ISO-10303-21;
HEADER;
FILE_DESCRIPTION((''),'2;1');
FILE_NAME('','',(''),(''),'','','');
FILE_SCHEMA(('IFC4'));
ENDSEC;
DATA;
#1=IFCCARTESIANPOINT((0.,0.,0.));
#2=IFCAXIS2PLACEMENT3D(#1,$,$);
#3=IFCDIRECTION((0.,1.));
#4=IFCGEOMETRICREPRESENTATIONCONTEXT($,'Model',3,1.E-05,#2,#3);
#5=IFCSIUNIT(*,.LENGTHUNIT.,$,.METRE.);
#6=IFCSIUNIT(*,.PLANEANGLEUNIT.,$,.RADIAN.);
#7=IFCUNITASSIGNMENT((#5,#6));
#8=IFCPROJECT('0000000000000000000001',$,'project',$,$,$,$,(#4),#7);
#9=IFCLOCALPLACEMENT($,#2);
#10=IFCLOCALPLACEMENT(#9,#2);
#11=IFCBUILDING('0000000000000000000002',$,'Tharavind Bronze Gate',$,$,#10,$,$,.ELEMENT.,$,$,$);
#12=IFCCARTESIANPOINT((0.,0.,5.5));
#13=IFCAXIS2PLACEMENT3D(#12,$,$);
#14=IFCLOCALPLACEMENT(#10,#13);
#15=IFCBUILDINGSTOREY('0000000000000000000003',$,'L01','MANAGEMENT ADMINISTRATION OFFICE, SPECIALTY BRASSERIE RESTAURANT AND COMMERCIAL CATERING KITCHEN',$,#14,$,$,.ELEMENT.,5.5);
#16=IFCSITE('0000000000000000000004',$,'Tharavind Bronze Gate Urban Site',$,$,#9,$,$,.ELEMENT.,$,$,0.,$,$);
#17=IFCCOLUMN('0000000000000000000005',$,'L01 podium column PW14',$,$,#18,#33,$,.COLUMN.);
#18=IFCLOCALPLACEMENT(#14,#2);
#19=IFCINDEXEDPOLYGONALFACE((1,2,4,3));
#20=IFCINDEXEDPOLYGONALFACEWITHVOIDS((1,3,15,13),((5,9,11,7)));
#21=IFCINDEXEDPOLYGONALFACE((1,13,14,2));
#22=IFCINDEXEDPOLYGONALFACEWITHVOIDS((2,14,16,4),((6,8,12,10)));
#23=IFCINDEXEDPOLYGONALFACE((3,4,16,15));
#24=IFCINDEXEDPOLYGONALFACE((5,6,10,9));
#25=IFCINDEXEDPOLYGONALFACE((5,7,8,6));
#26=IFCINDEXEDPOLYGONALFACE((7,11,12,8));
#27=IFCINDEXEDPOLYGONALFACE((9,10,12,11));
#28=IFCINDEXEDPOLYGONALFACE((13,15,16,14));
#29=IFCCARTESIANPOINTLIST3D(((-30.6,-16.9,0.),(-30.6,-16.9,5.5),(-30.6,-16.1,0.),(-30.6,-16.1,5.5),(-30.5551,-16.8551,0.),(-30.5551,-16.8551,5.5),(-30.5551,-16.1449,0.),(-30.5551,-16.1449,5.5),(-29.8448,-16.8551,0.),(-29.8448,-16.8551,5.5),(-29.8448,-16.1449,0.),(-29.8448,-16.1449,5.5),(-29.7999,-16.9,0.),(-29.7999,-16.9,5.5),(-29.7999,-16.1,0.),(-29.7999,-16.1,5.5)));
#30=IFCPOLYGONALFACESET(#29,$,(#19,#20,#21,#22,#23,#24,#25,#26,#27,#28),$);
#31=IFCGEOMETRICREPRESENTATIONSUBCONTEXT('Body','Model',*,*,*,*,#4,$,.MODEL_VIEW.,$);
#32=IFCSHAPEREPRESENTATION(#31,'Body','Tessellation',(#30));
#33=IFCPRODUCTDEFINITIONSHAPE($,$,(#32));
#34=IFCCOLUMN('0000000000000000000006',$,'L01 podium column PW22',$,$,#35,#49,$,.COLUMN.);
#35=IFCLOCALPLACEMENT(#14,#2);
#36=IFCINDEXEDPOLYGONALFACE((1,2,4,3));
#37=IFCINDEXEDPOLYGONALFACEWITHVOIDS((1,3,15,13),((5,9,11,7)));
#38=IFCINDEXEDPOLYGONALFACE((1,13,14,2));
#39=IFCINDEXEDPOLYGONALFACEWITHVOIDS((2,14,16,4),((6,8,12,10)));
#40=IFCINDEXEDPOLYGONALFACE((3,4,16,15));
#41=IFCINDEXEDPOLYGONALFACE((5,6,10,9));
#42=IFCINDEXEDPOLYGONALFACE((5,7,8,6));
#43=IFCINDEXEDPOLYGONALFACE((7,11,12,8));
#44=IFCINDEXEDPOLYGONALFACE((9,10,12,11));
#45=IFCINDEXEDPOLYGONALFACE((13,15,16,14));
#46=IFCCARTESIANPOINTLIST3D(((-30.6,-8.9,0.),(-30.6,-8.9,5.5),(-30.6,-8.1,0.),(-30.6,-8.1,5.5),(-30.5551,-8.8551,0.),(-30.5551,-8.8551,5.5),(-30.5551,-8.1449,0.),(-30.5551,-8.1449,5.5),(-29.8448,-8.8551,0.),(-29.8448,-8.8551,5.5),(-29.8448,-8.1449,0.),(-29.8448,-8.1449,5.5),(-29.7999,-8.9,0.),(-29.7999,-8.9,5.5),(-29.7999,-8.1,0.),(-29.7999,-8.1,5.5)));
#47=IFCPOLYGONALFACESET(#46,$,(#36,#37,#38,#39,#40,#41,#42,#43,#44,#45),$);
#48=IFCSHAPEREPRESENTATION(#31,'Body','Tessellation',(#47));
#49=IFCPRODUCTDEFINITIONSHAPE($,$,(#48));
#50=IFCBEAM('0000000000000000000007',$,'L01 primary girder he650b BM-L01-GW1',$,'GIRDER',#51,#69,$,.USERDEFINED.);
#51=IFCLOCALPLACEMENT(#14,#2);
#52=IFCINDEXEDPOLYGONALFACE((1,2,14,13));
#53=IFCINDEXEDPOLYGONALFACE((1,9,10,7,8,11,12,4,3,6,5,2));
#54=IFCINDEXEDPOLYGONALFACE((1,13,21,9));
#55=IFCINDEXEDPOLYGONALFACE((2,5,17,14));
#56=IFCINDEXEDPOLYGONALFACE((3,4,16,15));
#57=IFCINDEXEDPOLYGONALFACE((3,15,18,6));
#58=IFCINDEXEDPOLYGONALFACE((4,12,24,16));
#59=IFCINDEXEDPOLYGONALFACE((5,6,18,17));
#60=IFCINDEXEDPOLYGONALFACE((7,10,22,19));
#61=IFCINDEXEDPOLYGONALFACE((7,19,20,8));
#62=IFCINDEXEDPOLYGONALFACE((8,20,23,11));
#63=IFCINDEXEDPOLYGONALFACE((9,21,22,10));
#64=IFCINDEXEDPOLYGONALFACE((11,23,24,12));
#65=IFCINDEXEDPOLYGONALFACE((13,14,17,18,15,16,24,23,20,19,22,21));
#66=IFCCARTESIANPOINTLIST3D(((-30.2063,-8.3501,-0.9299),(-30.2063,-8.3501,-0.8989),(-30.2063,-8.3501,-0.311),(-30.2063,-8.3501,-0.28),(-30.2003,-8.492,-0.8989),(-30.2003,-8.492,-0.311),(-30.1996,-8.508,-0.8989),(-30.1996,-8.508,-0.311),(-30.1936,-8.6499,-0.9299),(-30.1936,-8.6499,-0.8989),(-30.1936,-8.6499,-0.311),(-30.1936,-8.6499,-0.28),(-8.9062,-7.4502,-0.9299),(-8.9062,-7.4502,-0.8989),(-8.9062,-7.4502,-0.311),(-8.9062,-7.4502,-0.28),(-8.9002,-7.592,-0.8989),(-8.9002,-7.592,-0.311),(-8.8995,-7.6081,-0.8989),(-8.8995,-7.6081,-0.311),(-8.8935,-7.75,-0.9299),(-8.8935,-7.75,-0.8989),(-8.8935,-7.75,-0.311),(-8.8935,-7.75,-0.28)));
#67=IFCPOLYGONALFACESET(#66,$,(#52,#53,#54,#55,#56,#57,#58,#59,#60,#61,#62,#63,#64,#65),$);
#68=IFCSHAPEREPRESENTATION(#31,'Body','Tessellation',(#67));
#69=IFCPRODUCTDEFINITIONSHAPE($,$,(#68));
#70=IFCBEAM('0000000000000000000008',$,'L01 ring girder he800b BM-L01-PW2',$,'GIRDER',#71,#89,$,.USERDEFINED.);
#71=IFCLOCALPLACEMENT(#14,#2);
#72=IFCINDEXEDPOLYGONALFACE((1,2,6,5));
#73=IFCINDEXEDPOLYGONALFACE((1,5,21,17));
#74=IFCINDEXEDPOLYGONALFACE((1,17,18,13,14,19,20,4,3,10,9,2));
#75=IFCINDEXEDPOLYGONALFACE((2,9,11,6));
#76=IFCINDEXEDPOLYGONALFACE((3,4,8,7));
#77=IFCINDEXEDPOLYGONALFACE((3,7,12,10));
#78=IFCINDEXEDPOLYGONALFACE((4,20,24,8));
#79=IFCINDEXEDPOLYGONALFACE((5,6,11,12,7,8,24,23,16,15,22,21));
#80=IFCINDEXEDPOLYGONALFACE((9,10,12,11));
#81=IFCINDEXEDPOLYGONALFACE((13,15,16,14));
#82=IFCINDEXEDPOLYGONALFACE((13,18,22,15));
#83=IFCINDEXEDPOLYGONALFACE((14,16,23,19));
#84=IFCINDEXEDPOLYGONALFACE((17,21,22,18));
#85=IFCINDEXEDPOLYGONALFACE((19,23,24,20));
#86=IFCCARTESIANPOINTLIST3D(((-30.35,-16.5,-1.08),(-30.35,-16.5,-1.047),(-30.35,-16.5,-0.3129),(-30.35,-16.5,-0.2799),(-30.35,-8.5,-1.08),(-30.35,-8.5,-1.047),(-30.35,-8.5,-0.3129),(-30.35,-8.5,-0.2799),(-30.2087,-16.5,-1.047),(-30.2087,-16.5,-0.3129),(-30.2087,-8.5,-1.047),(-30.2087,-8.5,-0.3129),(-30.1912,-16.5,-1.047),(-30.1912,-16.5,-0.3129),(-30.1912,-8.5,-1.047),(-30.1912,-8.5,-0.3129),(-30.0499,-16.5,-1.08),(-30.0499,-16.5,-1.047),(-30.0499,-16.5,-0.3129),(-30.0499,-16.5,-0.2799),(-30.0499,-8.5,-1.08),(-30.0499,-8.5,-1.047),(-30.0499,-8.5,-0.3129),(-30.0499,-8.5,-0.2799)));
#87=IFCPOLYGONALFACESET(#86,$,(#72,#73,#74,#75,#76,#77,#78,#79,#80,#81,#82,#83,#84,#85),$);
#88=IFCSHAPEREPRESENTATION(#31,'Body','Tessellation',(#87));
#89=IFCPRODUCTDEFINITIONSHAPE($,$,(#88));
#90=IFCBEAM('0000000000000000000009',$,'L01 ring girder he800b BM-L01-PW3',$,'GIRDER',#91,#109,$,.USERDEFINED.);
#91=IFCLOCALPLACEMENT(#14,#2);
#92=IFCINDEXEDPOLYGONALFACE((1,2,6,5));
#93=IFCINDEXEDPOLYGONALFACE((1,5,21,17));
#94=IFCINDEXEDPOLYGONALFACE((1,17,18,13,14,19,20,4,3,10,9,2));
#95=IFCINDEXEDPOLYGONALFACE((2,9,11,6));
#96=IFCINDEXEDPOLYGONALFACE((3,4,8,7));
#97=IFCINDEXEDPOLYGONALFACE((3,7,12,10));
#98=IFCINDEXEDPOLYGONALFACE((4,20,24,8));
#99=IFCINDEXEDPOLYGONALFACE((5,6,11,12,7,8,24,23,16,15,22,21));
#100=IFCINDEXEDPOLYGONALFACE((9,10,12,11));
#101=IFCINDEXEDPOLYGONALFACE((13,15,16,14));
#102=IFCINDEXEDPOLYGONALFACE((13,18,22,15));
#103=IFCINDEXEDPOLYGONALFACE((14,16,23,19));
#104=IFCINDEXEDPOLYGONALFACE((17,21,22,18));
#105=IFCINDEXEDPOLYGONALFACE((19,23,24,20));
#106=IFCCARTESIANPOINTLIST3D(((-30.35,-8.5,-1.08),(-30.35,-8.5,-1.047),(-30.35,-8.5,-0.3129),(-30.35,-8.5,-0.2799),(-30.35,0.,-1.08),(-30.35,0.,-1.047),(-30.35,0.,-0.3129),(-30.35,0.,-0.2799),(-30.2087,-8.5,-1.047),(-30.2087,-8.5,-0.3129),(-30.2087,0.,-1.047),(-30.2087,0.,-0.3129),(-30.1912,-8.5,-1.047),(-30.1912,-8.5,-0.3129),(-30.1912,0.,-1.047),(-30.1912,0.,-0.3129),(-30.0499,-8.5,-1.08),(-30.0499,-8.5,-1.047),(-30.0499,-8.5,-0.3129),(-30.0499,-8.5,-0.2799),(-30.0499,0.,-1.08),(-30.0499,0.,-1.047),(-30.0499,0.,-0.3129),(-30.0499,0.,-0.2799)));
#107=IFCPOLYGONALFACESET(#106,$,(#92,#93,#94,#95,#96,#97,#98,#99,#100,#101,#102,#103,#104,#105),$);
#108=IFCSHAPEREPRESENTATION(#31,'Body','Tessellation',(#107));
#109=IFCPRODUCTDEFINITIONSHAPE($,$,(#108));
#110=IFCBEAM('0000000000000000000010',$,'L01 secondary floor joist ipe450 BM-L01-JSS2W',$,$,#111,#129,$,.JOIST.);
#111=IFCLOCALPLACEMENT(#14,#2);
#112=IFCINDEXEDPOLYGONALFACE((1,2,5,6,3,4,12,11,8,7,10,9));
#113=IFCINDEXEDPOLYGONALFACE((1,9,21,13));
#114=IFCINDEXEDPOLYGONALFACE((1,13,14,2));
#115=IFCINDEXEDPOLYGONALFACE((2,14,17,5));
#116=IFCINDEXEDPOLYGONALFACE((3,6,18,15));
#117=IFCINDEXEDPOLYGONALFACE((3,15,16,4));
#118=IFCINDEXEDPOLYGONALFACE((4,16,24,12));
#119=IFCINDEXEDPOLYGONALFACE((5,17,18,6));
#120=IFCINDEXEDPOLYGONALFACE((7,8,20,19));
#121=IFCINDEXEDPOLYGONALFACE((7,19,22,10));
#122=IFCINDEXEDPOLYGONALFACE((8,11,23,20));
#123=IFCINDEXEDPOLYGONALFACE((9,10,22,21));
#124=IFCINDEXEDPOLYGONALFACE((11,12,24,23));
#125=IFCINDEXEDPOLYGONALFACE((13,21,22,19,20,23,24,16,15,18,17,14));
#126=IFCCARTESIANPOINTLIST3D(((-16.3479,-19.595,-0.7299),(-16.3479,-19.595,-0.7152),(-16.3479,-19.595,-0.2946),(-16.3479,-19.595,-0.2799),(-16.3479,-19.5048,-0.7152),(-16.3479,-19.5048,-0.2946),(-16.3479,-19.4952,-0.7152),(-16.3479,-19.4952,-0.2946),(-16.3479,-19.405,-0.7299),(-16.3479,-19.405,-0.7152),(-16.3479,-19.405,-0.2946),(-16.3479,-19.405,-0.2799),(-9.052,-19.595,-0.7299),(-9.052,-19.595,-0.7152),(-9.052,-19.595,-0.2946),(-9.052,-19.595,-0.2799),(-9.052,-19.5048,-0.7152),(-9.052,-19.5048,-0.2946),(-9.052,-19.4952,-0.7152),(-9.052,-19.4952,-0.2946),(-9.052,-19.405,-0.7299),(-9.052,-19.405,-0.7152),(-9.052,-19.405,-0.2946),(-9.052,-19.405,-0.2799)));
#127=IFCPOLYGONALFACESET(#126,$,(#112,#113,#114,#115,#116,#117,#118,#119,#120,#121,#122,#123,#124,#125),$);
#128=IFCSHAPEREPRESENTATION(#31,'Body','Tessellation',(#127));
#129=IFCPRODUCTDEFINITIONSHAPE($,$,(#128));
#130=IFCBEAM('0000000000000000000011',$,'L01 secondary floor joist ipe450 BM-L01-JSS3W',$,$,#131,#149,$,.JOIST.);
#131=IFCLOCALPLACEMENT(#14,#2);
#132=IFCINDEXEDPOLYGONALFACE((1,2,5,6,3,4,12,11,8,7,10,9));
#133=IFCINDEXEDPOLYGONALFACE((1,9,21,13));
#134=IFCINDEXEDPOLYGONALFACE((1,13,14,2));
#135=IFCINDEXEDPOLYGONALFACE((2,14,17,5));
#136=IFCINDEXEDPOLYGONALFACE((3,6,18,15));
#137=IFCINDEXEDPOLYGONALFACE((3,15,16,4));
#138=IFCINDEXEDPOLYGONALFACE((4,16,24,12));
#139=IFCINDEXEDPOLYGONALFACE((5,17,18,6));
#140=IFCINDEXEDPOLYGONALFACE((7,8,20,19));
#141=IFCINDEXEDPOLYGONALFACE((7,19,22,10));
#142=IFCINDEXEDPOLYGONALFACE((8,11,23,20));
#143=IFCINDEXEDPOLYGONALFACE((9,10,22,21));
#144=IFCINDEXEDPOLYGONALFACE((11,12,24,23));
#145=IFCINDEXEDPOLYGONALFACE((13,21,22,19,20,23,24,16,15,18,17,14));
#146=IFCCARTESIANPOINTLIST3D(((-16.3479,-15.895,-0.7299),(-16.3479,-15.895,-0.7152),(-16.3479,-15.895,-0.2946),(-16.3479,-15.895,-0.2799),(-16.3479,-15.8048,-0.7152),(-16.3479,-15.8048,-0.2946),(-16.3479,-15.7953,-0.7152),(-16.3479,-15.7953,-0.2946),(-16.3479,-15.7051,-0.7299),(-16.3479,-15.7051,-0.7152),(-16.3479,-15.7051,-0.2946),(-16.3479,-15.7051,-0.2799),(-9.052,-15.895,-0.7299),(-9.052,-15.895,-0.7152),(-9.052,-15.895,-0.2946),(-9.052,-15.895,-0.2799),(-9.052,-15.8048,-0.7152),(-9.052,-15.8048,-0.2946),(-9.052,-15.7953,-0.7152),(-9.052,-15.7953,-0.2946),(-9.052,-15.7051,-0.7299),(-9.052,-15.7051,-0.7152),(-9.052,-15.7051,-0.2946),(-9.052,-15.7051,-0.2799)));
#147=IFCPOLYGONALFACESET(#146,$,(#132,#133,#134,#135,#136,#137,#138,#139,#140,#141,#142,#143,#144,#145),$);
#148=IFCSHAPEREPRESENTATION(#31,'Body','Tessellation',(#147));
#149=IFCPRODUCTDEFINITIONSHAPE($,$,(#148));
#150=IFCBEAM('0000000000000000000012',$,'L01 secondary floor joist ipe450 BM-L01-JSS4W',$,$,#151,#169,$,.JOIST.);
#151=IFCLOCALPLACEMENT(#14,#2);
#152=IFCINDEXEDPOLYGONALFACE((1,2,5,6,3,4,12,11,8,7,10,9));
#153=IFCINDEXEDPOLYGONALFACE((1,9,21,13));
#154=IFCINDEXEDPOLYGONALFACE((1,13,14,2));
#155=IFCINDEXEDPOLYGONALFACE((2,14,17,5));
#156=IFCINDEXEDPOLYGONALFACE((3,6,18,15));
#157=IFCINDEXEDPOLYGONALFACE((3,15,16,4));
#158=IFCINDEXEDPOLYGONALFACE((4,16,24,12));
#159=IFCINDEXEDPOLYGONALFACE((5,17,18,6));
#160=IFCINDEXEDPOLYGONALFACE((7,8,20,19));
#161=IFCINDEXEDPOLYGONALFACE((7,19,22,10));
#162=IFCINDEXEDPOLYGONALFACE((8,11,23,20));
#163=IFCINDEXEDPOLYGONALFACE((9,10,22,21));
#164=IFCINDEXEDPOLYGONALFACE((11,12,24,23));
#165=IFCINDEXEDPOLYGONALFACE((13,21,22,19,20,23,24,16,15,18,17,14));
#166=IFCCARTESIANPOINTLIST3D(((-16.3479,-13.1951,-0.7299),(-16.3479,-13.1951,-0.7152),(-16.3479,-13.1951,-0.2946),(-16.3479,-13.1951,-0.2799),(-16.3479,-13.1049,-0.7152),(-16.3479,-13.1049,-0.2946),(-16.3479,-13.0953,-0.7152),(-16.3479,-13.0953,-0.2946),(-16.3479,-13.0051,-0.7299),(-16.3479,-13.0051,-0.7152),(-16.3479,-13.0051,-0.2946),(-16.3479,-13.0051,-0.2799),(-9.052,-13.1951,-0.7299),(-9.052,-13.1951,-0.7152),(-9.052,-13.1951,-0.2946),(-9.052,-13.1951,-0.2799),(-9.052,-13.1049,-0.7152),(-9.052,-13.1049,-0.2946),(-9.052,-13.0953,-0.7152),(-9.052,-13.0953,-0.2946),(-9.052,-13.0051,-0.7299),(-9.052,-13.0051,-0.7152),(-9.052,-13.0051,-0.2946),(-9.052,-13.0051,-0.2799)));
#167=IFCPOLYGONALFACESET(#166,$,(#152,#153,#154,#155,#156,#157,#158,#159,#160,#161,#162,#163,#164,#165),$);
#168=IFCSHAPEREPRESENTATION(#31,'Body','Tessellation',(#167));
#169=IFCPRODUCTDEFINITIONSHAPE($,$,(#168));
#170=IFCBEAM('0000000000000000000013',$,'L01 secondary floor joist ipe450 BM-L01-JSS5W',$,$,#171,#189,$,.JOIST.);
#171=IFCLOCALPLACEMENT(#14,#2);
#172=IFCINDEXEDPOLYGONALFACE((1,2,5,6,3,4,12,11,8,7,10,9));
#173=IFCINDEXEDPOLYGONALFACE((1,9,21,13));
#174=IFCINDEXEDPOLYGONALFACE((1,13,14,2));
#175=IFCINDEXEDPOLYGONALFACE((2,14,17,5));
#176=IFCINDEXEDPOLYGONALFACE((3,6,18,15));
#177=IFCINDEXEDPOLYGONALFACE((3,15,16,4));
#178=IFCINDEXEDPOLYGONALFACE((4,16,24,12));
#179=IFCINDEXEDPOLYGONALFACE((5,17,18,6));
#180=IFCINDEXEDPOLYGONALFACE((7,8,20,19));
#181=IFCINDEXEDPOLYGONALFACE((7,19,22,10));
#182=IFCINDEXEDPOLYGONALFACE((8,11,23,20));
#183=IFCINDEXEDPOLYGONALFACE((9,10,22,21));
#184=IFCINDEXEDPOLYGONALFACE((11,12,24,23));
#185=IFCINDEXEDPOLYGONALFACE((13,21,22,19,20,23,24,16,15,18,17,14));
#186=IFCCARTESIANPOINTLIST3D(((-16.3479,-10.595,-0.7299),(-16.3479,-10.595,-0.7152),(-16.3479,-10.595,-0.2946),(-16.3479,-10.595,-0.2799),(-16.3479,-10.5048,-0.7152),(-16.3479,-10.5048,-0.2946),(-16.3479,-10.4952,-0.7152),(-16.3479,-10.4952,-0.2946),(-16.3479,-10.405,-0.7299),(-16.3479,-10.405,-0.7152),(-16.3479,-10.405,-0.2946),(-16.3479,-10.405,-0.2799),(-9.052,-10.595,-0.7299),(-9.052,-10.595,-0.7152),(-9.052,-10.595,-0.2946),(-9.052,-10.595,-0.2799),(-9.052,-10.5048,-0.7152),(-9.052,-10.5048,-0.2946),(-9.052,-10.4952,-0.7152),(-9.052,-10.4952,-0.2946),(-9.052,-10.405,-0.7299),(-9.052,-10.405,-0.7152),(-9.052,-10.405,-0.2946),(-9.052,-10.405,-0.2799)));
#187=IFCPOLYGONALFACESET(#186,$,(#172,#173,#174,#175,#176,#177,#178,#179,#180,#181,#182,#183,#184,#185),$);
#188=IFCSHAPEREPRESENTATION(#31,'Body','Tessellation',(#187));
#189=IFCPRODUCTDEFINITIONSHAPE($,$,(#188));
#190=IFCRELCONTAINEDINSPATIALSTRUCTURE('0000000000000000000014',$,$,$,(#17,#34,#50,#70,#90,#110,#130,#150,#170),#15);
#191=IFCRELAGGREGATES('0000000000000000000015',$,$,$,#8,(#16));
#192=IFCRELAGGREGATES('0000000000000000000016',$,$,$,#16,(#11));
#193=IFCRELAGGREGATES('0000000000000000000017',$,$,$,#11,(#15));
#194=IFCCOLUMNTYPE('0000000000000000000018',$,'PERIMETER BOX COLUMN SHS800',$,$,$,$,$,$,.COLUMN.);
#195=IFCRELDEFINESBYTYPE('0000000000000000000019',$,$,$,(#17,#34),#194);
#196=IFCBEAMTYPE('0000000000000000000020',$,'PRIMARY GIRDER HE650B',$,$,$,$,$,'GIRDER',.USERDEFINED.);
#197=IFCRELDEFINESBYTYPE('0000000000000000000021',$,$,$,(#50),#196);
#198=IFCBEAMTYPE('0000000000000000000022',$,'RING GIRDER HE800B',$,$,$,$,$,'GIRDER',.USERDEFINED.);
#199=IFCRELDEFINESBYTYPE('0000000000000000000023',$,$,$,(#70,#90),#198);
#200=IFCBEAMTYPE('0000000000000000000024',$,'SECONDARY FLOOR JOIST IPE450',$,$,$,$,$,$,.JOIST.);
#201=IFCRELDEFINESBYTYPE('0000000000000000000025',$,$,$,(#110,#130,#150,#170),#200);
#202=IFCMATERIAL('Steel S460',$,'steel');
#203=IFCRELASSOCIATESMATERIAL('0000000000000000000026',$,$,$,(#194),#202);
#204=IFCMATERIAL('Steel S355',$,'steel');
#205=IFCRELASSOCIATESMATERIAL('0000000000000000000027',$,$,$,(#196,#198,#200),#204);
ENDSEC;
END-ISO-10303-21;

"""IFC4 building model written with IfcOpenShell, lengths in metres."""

from ifc_helpers import new_model, si_unit, direction, frame, origin, origin_2d, place, context, subcontext, project, spatial, hollow_rectangle, i_section, extrude, material, material_profile, profile_set, type_object, element, save


model = new_model("IFC4")

# Units and contexts
model_context = context("Model", 3, precision=1e-05, world=origin(), true_north=direction((0.0, 1.0)))
body_context = subcontext(model_context, "Body", "Model", "MODEL_VIEW")
ifc_project = project(units=[si_unit("LENGTHUNIT", "METRE"), si_unit("PLANEANGLEUNIT", "RADIAN")], contexts=[model_context])

# Site, building, storey
site_placement = place(None, origin())
site = spatial("IfcSite", under=ifc_project, at=site_placement, Name="Tharavind Bronze Gate Urban Site", CompositionType="ELEMENT", RefElevation=0.0)
building_placement = place(site_placement, origin())
building = spatial("IfcBuilding", under=site, at=building_placement, Name="Tharavind Bronze Gate", CompositionType="ELEMENT")
storey_placement = place(building_placement, frame((0.0, 0.0, 5.5)))
storey = spatial("IfcBuildingStorey", under=building, at=storey_placement, Name="L01", Description="MANAGEMENT ADMINISTRATION OFFICE, SPECIALTY BRASSERIE RESTAURANT AND COMMERCIAL CATERING KITCHEN", CompositionType="ELEMENT", Elevation=5.5)

# Columns
ifc_material_1 = material(Name="Steel S460", Category="steel")
ifc_material_profile_1 = material_profile(ifc_material_1, hollow_rectangle(XDim=0.8, YDim=0.8, WallThickness=0.0449, at=origin_2d()), Name="SHS800X45")
ifc_profile_set_1 = profile_set([ifc_material_profile_1], Name="Steel S460")
column_type = type_object("IfcColumnType", Name="PERIMETER BOX COLUMN SHS800", PredefinedType="COLUMN", material=ifc_profile_set_1)
for number, where, z_axis, x_axis, name in (
    (1, (-30.2, -16.5, 0.0), (0.0, 0.0, 1.0), (1.0, 0.0, 0.0), "L01 podium column PW14"),
    (2, (-30.2, -8.5, 0.0), (0.0, 0.0, 1.0), (1.0, 0.0, 0.0), "L01 podium column PW22"),
):
    element("IfcColumn", number, at=place(storey_placement, frame(where, z_axis=z_axis, x_axis=x_axis)), inside=storey, type_object=column_type, Name=name, PredefinedType="COLUMN", context=body_context, shape_type="SweptSolid", body=[
        extrude(hollow_rectangle(XDim=0.8, YDim=0.8, WallThickness=0.0449, at=origin_2d()), origin(), (0.0, 0.0, 1.0), 5.5),
    ])

# Beams
ifc_material_2 = material(Name="Steel S355", Category="steel")
ifc_material_profile_2 = material_profile(ifc_material_2, i_section(OverallWidth=0.3, OverallDepth=0.6499, WebThickness=0.0161, FlangeThickness=0.031, at=origin_2d()), Name="HE650B")
ifc_profile_set_2 = profile_set([ifc_material_profile_2], Name="Steel S355")
beam_type_1 = type_object("IfcBeamType", Name="PRIMARY GIRDER HE650B", ElementType="GIRDER", PredefinedType="USERDEFINED", material=ifc_profile_set_2)
beam_1_placement = place(storey_placement, frame((-30.2, -8.5, -0.605), z_axis=(0.999109, 0.042211, 0.0), x_axis=(-0.042211, 0.999109, 0.0)))
element("IfcBeam", 3, at=beam_1_placement, inside=storey, type_object=beam_type_1, Name="L01 primary girder he650b BM-L01-GW1", ObjectType="GIRDER", PredefinedType="USERDEFINED", context=body_context, shape_type="SweptSolid", body=[
    extrude(i_section(OverallWidth=0.3, OverallDepth=0.6499, WebThickness=0.0161, FlangeThickness=0.031, at=origin_2d()), origin(), (0.0, 0.0, 1.0), 21.3191),
])
ifc_material_profile_3 = material_profile(ifc_material_2, i_section(OverallWidth=0.3, OverallDepth=0.8, WebThickness=0.0176, FlangeThickness=0.033, at=origin_2d()), Name="HE800B")
ifc_profile_set_3 = profile_set([ifc_material_profile_3], Name="Steel S355")
beam_type_2 = type_object("IfcBeamType", Name="RING GIRDER HE800B", ElementType="GIRDER", PredefinedType="USERDEFINED", material=ifc_profile_set_3)
beam_2_placement = place(storey_placement, frame((-30.2, -16.5, -0.6799), z_axis=(0.0, 1.0, 0.0), x_axis=(-1.0, 0.0, 0.0)))
element("IfcBeam", 4, at=beam_2_placement, inside=storey, type_object=beam_type_2, Name="L01 ring girder he800b BM-L01-PW2", ObjectType="GIRDER", PredefinedType="USERDEFINED", context=body_context, shape_type="SweptSolid", body=[
    extrude(i_section(OverallWidth=0.3, OverallDepth=0.8, WebThickness=0.0176, FlangeThickness=0.033, at=origin_2d()), origin(), (0.0, 0.0, 1.0), 8.0),
])
beam_3_placement = place(storey_placement, frame((-30.2, -8.5, -0.6799), z_axis=(0.0, 1.0, 0.0), x_axis=(-1.0, 0.0, 0.0)))
element("IfcBeam", 5, at=beam_3_placement, inside=storey, type_object=beam_type_2, Name="L01 ring girder he800b BM-L01-PW3", ObjectType="GIRDER", PredefinedType="USERDEFINED", context=body_context, shape_type="SweptSolid", body=[
    extrude(i_section(OverallWidth=0.3, OverallDepth=0.8, WebThickness=0.0176, FlangeThickness=0.033, at=origin_2d()), origin(), (0.0, 0.0, 1.0), 8.5),
])
ifc_material_profile_4 = material_profile(ifc_material_2, i_section(OverallWidth=0.1899, OverallDepth=0.45, WebThickness=0.0095, FlangeThickness=0.0146, at=origin_2d()), Name="IPE450")
ifc_profile_set_4 = profile_set([ifc_material_profile_4], Name="Steel S355")
beam_type_3 = type_object("IfcBeamType", Name="SECONDARY FLOOR JOIST IPE450", PredefinedType="JOIST", material=ifc_profile_set_4)
for number, where, z_axis, x_axis, name in (
    (6, (-16.3479, -19.5, -0.5049), (1.0, 0.0, 0.0), (0.0, 1.0, 0.0), "L01 secondary floor joist ipe450 BM-L01-JSS2W"),
    (7, (-16.3479, -15.8, -0.5049), (1.0, 0.0, 0.0), (0.0, 1.0, 0.0), "L01 secondary floor joist ipe450 BM-L01-JSS3W"),
    (8, (-16.3479, -13.1001, -0.5049), (1.0, 0.0, 0.0), (0.0, 1.0, 0.0), "L01 secondary floor joist ipe450 BM-L01-JSS4W"),
    (9, (-16.3479, -10.5, -0.5049), (1.0, 0.0, 0.0), (0.0, 1.0, 0.0), "L01 secondary floor joist ipe450 BM-L01-JSS5W"),
):
    element("IfcBeam", number, at=place(storey_placement, frame(where, z_axis=z_axis, x_axis=x_axis)), inside=storey, type_object=beam_type_3, Name=name, PredefinedType="JOIST", context=body_context, shape_type="SweptSolid", body=[
        extrude(i_section(OverallWidth=0.1899, OverallDepth=0.45, WebThickness=0.0095, FlangeThickness=0.0146, at=origin_2d()), origin(), (0.0, 0.0, 1.0), 7.2959),
    ])

save(model, "model.ifc")
